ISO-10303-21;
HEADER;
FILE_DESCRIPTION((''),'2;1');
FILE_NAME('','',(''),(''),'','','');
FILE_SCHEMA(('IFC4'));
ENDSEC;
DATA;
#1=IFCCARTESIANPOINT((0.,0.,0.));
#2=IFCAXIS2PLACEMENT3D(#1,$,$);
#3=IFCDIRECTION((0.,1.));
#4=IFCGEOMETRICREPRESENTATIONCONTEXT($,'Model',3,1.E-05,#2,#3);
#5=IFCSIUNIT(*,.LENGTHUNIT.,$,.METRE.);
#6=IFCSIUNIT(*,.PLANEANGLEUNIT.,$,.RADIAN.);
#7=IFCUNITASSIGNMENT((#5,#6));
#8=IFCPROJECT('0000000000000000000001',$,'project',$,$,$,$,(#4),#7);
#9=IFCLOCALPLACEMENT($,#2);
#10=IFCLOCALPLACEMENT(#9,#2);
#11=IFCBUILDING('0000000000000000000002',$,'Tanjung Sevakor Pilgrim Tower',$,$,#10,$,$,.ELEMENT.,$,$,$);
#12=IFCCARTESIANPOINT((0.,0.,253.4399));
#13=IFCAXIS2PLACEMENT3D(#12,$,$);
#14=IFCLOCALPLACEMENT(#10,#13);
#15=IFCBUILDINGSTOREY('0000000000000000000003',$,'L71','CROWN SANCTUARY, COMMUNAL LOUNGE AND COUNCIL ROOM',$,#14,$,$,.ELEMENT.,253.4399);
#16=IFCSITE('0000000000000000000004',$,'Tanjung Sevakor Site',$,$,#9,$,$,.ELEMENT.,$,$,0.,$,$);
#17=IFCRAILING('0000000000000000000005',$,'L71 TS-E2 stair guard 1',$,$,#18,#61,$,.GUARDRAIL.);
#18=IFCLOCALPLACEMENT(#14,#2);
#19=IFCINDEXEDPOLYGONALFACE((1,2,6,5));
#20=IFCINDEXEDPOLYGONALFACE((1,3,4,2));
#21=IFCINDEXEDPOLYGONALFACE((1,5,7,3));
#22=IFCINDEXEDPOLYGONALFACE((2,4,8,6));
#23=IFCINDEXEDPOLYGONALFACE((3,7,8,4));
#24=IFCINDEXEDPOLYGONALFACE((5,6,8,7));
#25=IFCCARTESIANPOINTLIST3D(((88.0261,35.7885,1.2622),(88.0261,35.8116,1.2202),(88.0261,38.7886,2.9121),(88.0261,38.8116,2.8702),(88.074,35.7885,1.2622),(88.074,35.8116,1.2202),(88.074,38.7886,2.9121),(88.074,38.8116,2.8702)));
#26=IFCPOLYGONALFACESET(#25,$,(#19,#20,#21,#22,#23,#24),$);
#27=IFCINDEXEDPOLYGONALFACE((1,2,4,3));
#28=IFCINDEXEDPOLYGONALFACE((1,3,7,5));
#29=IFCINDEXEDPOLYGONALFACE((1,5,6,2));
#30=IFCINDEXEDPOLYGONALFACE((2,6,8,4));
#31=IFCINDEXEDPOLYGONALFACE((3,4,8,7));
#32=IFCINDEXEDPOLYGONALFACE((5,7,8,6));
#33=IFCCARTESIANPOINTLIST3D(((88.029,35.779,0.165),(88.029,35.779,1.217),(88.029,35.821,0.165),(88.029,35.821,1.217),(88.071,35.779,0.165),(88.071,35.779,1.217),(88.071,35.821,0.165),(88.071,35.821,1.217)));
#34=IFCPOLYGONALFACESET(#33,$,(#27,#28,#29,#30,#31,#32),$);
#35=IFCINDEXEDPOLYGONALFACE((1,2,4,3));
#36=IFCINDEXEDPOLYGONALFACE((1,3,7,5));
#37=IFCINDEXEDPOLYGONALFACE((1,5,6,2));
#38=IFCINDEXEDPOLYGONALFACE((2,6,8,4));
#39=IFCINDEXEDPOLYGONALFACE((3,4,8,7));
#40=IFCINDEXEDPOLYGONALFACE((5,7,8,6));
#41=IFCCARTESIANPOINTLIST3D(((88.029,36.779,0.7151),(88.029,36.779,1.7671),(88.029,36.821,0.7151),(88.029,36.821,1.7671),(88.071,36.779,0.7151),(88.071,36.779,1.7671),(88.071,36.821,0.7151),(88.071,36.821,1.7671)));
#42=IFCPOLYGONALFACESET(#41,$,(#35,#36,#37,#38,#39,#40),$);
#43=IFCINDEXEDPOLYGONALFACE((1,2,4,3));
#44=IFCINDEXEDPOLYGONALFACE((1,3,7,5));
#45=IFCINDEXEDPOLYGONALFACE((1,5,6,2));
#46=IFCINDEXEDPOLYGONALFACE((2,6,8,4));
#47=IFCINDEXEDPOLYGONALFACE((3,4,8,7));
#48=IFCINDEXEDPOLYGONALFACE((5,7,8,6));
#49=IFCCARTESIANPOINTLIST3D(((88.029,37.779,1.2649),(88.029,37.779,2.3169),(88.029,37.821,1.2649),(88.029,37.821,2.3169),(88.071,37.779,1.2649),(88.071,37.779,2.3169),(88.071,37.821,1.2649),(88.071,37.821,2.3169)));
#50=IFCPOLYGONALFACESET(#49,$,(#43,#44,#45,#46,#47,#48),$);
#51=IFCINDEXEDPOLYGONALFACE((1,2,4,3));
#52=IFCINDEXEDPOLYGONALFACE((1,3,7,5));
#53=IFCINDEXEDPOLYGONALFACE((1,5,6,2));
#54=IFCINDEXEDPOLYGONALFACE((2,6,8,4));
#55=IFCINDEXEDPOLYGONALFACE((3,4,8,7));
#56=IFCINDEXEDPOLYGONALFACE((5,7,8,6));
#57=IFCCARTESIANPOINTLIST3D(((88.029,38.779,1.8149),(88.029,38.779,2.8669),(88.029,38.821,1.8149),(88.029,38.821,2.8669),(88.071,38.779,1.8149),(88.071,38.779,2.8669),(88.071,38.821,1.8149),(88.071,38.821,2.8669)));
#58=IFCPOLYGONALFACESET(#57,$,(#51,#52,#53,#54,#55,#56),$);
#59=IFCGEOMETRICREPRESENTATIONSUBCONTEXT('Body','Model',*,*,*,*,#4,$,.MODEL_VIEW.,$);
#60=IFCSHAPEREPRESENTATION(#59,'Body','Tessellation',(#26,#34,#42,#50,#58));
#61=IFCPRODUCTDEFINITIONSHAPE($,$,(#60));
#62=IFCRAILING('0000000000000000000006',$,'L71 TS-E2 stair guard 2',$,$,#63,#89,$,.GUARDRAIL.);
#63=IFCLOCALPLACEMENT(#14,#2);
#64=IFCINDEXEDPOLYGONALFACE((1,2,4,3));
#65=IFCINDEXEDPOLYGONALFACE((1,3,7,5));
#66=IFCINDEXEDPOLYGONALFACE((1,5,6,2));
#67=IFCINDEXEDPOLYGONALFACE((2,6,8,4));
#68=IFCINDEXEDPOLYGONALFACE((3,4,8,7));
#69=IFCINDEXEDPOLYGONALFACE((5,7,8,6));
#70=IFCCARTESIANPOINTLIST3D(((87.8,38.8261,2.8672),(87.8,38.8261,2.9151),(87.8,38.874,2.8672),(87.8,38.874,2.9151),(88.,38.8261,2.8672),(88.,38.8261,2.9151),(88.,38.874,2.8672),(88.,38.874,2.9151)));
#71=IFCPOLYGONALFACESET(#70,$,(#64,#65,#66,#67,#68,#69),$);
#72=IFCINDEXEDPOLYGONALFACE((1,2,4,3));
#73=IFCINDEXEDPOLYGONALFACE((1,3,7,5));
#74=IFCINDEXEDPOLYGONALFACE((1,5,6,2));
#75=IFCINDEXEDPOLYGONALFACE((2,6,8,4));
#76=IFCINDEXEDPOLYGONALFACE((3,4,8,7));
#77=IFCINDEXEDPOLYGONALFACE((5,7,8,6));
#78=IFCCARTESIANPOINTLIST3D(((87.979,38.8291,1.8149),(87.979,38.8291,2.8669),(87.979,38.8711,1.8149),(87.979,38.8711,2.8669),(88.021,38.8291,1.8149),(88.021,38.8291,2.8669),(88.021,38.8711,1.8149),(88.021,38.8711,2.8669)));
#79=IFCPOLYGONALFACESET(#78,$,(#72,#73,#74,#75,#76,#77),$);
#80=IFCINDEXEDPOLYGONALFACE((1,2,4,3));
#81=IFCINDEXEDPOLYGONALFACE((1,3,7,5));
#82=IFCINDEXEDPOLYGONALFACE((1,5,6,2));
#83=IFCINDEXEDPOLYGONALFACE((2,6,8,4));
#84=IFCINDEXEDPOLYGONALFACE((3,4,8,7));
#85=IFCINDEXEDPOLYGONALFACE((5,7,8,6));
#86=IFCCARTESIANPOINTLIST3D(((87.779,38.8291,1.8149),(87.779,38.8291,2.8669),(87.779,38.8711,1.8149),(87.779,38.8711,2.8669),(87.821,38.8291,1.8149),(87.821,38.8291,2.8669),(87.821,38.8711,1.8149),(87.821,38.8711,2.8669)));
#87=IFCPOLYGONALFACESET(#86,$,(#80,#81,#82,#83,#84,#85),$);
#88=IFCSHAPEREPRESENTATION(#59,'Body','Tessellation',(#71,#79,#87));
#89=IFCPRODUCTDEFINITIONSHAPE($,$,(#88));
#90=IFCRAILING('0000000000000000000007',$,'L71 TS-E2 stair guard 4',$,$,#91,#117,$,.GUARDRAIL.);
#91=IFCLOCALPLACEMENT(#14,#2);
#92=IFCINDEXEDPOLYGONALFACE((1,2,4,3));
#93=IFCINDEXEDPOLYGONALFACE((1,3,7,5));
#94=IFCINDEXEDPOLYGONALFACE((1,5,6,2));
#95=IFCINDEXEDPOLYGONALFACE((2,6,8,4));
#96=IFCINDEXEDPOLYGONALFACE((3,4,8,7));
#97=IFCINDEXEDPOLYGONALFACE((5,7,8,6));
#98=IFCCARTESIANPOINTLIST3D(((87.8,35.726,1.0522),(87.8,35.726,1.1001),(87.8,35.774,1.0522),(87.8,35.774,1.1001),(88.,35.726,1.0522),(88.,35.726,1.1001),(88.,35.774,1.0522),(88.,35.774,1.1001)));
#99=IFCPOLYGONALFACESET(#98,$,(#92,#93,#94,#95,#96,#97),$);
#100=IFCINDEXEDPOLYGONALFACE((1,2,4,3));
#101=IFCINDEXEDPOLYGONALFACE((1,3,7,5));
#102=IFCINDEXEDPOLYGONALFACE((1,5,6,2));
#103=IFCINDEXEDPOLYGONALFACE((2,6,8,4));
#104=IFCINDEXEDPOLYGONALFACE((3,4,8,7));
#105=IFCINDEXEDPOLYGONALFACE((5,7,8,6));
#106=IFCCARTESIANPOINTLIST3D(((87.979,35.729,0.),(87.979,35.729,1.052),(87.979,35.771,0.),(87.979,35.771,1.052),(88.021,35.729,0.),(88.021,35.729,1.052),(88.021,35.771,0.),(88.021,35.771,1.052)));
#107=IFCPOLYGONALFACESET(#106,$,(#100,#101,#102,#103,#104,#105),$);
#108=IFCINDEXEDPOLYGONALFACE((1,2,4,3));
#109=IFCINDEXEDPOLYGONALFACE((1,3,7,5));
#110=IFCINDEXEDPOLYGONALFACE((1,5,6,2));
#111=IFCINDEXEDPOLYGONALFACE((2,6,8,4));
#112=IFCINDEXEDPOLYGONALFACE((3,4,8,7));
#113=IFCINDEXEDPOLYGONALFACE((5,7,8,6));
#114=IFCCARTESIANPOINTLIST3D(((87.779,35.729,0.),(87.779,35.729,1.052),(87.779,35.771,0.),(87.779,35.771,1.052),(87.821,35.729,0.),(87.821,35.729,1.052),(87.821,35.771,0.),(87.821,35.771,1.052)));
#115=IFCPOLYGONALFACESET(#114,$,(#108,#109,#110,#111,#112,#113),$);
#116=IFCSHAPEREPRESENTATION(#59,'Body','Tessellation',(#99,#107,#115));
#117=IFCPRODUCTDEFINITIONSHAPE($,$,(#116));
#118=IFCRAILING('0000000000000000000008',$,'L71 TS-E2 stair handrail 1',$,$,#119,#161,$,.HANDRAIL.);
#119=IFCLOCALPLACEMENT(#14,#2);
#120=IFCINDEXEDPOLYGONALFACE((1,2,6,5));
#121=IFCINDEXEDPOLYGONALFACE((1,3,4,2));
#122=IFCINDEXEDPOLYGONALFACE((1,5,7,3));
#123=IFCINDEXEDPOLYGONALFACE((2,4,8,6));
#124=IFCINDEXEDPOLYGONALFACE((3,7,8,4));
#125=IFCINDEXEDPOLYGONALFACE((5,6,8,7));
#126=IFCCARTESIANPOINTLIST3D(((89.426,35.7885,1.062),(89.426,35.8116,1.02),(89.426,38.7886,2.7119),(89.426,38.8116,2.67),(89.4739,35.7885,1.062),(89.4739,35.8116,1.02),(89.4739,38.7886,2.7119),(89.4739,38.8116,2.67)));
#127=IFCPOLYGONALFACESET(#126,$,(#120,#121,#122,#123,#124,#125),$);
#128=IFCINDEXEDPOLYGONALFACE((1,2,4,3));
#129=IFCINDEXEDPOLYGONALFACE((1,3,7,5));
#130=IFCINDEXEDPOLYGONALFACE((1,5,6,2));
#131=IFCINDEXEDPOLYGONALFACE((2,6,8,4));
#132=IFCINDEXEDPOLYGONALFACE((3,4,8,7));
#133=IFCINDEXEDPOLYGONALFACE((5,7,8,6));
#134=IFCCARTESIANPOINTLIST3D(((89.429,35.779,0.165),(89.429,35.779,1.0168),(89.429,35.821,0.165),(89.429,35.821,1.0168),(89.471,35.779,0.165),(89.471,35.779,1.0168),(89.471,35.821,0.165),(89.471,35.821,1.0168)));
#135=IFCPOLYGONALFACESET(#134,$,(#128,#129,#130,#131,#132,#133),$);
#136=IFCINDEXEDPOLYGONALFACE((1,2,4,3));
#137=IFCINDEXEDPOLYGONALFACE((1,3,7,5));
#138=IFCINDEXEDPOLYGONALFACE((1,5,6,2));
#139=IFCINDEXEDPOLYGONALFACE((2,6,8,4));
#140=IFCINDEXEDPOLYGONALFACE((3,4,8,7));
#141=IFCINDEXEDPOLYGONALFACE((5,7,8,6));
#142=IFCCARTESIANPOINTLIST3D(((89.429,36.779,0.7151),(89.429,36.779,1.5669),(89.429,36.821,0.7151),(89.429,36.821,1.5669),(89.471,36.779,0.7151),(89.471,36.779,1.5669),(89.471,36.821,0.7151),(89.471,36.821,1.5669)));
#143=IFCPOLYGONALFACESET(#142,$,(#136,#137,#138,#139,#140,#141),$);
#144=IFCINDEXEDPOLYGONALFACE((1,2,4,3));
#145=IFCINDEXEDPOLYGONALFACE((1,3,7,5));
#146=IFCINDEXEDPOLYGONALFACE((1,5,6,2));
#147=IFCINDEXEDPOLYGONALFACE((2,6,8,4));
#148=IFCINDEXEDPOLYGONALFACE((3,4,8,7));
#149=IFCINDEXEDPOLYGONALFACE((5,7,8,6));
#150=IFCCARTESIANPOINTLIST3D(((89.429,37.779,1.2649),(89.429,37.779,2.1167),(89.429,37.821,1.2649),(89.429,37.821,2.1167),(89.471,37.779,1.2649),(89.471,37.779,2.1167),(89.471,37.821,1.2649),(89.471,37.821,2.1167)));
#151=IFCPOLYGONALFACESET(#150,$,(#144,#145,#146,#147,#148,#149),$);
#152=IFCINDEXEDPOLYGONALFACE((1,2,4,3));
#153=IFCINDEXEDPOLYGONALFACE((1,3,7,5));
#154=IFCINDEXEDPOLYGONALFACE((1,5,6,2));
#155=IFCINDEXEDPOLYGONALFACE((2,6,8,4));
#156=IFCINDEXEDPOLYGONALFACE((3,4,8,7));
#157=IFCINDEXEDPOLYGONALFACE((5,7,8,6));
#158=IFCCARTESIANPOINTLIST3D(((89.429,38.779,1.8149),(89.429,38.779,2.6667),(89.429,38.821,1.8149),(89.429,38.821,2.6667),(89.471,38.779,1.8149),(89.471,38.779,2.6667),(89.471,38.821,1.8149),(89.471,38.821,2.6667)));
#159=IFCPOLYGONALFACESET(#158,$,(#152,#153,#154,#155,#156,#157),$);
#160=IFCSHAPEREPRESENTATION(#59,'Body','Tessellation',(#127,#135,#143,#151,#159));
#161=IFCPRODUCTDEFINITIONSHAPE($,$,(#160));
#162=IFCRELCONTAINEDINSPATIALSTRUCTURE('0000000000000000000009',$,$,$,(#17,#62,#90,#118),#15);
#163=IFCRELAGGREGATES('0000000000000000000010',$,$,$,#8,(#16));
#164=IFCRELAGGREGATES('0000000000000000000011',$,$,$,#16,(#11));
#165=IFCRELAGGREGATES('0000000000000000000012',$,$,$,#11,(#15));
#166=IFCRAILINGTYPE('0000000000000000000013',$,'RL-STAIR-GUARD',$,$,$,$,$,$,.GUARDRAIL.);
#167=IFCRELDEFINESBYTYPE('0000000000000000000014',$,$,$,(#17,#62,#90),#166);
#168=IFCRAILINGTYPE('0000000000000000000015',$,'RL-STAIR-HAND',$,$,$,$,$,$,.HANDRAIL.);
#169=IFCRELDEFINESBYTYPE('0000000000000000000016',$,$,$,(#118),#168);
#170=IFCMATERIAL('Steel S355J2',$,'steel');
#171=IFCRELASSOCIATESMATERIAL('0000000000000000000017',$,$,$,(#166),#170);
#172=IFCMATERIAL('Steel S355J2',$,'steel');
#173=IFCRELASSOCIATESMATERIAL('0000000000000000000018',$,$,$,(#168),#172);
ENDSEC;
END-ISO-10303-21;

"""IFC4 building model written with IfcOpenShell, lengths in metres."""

from ifc_helpers import new_model, si_unit, direction, frame, origin, place, context, subcontext, project, spatial, rectangle, extrude, material, type_object, element, save


model = new_model("IFC4")

# Units and contexts
model_context = context("Model", 3, precision=1e-05, world=origin(), true_north=direction((0.0, 1.0)))
body_context = subcontext(model_context, "Body", "Model", "MODEL_VIEW")
ifc_project = project(units=[si_unit("LENGTHUNIT", "METRE"), si_unit("PLANEANGLEUNIT", "RADIAN")], contexts=[model_context])

# Site, building, storey
site_placement = place(None, origin())
site = spatial("IfcSite", under=ifc_project, at=site_placement, Name="Tanjung Sevakor Site", CompositionType="ELEMENT", RefElevation=0.0)
building_placement = place(site_placement, origin())
building = spatial("IfcBuilding", under=site, at=building_placement, Name="Tanjung Sevakor Pilgrim Tower", CompositionType="ELEMENT")
storey_placement = place(building_placement, frame((0.0, 0.0, 253.4399)))
storey = spatial("IfcBuildingStorey", under=building, at=storey_placement, Name="L71", Description="CROWN SANCTUARY, COMMUNAL LOUNGE AND COUNCIL ROOM", CompositionType="ELEMENT", Elevation=253.4399)

# Railings
ifc_material_1 = material(Name="Steel S355J2", Category="steel")
railing_type_1 = type_object("IfcRailingType", Name="RL-STAIR-GUARD", PredefinedType="GUARDRAIL", material=ifc_material_1)
railing_1_placement = place(storey_placement, frame((88.05, 35.8, 0.165)))
element("IfcRailing", 1, at=railing_1_placement, inside=storey, type_object=railing_type_1, Name="L71 TS-E2 stair guard 1", PredefinedType="GUARDRAIL", context=body_context, shape_type="SweptSolid", body=[
    extrude(rectangle(XDim=0.0479, YDim=0.0479), frame((0.0, 0.0, 1.0762), z_axis=(0.0, 0.876228, 0.481897), x_axis=(-1.0, 0.0, 0.0)), (0.0, 0.0, 1.0), 3.4238),
    extrude(rectangle(XDim=0.042, YDim=0.042), origin(), (0.0, 0.0, 1.0), 1.052),
    extrude(rectangle(XDim=0.042, YDim=0.042), frame((0.0, 1.0, 0.55)), (0.0, 0.0, 1.0), 1.052),
    extrude(rectangle(XDim=0.042, YDim=0.042), frame((0.0, 2.0, 1.0999)), (0.0, 0.0, 1.0), 1.052),
    extrude(rectangle(XDim=0.042, YDim=0.042), frame((0.0, 3.0, 1.6499)), (0.0, 0.0, 1.0), 1.052),
])
for number, where, name in (
    (2, (88.0, 38.8501, 1.8149), "L71 TS-E2 stair guard 2"),
    (3, (88.0, 35.75, 0.0), "L71 TS-E2 stair guard 4"),
):
    element("IfcRailing", number, at=place(storey_placement, frame(where)), inside=storey, type_object=railing_type_1, Name=name, PredefinedType="GUARDRAIL", context=body_context, shape_type="SweptSolid", body=[
        extrude(rectangle(XDim=0.0479, YDim=0.0479), frame((0.0, 0.0, 1.0762), z_axis=(-1.0, 0.0, 0.0), x_axis=(0.0, -1.0, 0.0)), (0.0, 0.0, 1.0), 0.2),
        extrude(rectangle(XDim=0.042, YDim=0.042), origin(), (0.0, 0.0, 1.0), 1.052),
        extrude(rectangle(XDim=0.042, YDim=0.042), frame((-0.2, 0.0, 0.0)), (0.0, 0.0, 1.0), 1.052),
    ])
ifc_material_2 = material(Name="Steel S355J2", Category="steel")
railing_type_2 = type_object("IfcRailingType", Name="RL-STAIR-HAND", PredefinedType="HANDRAIL", material=ifc_material_2)
railing_2_placement = place(storey_placement, frame((89.45, 35.8, 0.165)))
element("IfcRailing", 4, at=railing_2_placement, inside=storey, type_object=railing_type_2, Name="L71 TS-E2 stair handrail 1", PredefinedType="HANDRAIL", context=body_context, shape_type="SweptSolid", body=[
    extrude(rectangle(XDim=0.0479, YDim=0.0479), frame((0.0, 0.0, 0.876), z_axis=(0.0, 0.876228, 0.481897), x_axis=(-1.0, 0.0, 0.0)), (0.0, 0.0, 1.0), 3.4238),
    extrude(rectangle(XDim=0.042, YDim=0.042), origin(), (0.0, 0.0, 1.0), 0.8518),
    extrude(rectangle(XDim=0.042, YDim=0.042), frame((0.0, 1.0, 0.55)), (0.0, 0.0, 1.0), 0.8518),
    extrude(rectangle(XDim=0.042, YDim=0.042), frame((0.0, 2.0, 1.0999)), (0.0, 0.0, 1.0), 0.8518),
    extrude(rectangle(XDim=0.042, YDim=0.042), frame((0.0, 3.0, 1.6499)), (0.0, 0.0, 1.0), 0.8518),
])

save(model, "model.ifc")
